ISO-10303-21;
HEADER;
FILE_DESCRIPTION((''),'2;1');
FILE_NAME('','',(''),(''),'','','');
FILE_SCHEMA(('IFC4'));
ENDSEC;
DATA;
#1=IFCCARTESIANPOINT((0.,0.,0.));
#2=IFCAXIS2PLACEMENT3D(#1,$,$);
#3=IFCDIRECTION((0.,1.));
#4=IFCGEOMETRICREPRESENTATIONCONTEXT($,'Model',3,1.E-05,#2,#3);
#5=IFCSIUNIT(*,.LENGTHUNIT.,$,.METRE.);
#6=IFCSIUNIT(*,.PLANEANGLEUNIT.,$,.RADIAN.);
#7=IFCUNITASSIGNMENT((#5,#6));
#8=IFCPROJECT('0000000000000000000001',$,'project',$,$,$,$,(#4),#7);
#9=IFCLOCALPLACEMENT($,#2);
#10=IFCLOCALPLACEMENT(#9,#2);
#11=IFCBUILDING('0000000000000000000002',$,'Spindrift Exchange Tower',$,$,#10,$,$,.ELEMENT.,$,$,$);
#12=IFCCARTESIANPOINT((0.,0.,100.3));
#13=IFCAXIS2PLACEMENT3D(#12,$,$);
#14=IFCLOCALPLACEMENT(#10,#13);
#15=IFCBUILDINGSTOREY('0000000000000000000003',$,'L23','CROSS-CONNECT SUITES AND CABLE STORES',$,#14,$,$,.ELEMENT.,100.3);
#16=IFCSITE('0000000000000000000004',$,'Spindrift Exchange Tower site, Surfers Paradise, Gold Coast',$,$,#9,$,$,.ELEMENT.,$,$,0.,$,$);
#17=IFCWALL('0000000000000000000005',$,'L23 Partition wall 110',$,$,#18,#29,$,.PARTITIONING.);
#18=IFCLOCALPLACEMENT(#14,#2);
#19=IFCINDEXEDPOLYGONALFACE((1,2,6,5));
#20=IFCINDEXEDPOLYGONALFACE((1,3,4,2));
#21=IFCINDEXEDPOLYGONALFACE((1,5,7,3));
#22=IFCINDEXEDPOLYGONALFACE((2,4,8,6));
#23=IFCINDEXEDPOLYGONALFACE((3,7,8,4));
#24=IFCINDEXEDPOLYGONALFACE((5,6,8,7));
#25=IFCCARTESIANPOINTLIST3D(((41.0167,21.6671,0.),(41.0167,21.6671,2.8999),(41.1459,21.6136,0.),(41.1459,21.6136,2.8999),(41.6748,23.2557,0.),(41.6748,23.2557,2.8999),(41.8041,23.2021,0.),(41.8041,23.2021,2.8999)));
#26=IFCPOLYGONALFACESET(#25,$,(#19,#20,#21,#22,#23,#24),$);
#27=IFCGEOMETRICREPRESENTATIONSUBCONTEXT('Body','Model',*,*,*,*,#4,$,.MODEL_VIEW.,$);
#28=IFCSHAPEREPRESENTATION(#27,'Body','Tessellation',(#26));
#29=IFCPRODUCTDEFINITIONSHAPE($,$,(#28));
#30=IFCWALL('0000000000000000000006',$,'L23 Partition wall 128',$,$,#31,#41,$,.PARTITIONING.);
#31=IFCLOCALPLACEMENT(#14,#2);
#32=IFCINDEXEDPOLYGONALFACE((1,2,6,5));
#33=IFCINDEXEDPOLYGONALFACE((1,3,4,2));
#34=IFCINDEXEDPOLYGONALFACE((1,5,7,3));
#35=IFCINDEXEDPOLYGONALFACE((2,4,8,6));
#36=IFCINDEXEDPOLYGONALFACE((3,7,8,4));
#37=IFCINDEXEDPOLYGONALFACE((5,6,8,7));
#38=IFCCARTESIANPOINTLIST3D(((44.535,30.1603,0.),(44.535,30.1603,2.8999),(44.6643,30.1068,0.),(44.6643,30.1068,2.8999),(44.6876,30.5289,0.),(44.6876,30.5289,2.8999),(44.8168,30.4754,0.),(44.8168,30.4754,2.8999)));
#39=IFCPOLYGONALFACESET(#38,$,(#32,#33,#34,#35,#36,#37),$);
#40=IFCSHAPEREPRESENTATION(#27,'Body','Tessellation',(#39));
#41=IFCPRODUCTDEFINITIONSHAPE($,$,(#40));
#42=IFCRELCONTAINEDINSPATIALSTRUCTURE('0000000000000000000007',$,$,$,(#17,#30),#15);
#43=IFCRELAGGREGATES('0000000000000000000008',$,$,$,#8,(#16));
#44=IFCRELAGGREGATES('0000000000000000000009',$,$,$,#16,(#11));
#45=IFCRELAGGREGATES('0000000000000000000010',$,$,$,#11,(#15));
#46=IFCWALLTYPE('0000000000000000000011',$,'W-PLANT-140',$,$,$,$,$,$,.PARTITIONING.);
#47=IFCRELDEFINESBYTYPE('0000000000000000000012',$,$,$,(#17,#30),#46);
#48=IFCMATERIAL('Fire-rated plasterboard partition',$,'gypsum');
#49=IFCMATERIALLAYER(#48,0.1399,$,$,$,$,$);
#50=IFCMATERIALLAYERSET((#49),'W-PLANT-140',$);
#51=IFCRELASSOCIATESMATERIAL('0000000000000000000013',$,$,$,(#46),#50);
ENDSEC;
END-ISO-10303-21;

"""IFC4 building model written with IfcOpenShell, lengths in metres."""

from ifc_helpers import new_model, si_unit, direction, frame, frame_2d, origin, place, context, subcontext, project, spatial, rectangle, extrude, material, layer, layer_set, type_object, element, save


model = new_model("IFC4")

# Units and contexts
model_context = context("Model", 3, precision=1e-05, world=origin(), true_north=direction((0.0, 1.0)))
body_context = subcontext(model_context, "Body", "Model", "MODEL_VIEW")
ifc_project = project(units=[si_unit("LENGTHUNIT", "METRE"), si_unit("PLANEANGLEUNIT", "RADIAN")], contexts=[model_context])

# Site, building, storey
site_placement = place(None, origin())
site = spatial("IfcSite", under=ifc_project, at=site_placement, Name="Spindrift Exchange Tower site, Surfers Paradise, Gold Coast", CompositionType="ELEMENT", RefElevation=0.0)
building_placement = place(site_placement, origin())
building = spatial("IfcBuilding", under=site, at=building_placement, Name="Spindrift Exchange Tower", CompositionType="ELEMENT")
storey_placement = place(building_placement, frame((0.0, 0.0, 100.3)))
storey = spatial("IfcBuildingStorey", under=building, at=storey_placement, Name="L23", Description="CROSS-CONNECT SUITES AND CABLE STORES", CompositionType="ELEMENT", Elevation=100.3)

# Walls
ifc_material_1 = material(Name="Fire-rated plasterboard partition", Category="gypsum")
ifc_layer_1 = layer(ifc_material_1, 0.1399)
ifc_layer_set_1 = layer_set([ifc_layer_1], Name="W-PLANT-140")
wall_type = type_object("IfcWallType", Name="W-PLANT-140", PredefinedType="PARTITIONING", material=ifc_layer_set_1)
wall_1_placement = place(storey_placement, frame((41.7395, 23.229, 0.0), z_axis=(0.0, 0.0, 1.0), x_axis=(-0.38277, -0.923844, 0.0)))
element("IfcWall", 1, at=wall_1_placement, inside=storey, type_object=wall_type, Name="L23 Partition wall 110", PredefinedType="PARTITIONING", context=body_context, shape_type="SweptSolid", body=[
    extrude(rectangle(XDim=1.7195, YDim=0.1399, at=frame_2d((0.8599, 0.0))), origin(), (0.0, 0.0, 1.0), 2.8999),
])
wall_2_placement = place(storey_placement, frame((44.7522, 30.5022, 0.0), z_axis=(0.0, 0.0, 1.0), x_axis=(-0.382442, -0.92398, 0.0)))
element("IfcWall", 2, at=wall_2_placement, inside=storey, type_object=wall_type, Name="L23 Partition wall 128", PredefinedType="PARTITIONING", context=body_context, shape_type="SweptSolid", body=[
    extrude(rectangle(XDim=0.3989, YDim=0.1399, at=frame_2d((0.1995, 0.0))), origin(), (0.0, 0.0, 1.0), 2.8999),
])

save(model, "model.ifc")
